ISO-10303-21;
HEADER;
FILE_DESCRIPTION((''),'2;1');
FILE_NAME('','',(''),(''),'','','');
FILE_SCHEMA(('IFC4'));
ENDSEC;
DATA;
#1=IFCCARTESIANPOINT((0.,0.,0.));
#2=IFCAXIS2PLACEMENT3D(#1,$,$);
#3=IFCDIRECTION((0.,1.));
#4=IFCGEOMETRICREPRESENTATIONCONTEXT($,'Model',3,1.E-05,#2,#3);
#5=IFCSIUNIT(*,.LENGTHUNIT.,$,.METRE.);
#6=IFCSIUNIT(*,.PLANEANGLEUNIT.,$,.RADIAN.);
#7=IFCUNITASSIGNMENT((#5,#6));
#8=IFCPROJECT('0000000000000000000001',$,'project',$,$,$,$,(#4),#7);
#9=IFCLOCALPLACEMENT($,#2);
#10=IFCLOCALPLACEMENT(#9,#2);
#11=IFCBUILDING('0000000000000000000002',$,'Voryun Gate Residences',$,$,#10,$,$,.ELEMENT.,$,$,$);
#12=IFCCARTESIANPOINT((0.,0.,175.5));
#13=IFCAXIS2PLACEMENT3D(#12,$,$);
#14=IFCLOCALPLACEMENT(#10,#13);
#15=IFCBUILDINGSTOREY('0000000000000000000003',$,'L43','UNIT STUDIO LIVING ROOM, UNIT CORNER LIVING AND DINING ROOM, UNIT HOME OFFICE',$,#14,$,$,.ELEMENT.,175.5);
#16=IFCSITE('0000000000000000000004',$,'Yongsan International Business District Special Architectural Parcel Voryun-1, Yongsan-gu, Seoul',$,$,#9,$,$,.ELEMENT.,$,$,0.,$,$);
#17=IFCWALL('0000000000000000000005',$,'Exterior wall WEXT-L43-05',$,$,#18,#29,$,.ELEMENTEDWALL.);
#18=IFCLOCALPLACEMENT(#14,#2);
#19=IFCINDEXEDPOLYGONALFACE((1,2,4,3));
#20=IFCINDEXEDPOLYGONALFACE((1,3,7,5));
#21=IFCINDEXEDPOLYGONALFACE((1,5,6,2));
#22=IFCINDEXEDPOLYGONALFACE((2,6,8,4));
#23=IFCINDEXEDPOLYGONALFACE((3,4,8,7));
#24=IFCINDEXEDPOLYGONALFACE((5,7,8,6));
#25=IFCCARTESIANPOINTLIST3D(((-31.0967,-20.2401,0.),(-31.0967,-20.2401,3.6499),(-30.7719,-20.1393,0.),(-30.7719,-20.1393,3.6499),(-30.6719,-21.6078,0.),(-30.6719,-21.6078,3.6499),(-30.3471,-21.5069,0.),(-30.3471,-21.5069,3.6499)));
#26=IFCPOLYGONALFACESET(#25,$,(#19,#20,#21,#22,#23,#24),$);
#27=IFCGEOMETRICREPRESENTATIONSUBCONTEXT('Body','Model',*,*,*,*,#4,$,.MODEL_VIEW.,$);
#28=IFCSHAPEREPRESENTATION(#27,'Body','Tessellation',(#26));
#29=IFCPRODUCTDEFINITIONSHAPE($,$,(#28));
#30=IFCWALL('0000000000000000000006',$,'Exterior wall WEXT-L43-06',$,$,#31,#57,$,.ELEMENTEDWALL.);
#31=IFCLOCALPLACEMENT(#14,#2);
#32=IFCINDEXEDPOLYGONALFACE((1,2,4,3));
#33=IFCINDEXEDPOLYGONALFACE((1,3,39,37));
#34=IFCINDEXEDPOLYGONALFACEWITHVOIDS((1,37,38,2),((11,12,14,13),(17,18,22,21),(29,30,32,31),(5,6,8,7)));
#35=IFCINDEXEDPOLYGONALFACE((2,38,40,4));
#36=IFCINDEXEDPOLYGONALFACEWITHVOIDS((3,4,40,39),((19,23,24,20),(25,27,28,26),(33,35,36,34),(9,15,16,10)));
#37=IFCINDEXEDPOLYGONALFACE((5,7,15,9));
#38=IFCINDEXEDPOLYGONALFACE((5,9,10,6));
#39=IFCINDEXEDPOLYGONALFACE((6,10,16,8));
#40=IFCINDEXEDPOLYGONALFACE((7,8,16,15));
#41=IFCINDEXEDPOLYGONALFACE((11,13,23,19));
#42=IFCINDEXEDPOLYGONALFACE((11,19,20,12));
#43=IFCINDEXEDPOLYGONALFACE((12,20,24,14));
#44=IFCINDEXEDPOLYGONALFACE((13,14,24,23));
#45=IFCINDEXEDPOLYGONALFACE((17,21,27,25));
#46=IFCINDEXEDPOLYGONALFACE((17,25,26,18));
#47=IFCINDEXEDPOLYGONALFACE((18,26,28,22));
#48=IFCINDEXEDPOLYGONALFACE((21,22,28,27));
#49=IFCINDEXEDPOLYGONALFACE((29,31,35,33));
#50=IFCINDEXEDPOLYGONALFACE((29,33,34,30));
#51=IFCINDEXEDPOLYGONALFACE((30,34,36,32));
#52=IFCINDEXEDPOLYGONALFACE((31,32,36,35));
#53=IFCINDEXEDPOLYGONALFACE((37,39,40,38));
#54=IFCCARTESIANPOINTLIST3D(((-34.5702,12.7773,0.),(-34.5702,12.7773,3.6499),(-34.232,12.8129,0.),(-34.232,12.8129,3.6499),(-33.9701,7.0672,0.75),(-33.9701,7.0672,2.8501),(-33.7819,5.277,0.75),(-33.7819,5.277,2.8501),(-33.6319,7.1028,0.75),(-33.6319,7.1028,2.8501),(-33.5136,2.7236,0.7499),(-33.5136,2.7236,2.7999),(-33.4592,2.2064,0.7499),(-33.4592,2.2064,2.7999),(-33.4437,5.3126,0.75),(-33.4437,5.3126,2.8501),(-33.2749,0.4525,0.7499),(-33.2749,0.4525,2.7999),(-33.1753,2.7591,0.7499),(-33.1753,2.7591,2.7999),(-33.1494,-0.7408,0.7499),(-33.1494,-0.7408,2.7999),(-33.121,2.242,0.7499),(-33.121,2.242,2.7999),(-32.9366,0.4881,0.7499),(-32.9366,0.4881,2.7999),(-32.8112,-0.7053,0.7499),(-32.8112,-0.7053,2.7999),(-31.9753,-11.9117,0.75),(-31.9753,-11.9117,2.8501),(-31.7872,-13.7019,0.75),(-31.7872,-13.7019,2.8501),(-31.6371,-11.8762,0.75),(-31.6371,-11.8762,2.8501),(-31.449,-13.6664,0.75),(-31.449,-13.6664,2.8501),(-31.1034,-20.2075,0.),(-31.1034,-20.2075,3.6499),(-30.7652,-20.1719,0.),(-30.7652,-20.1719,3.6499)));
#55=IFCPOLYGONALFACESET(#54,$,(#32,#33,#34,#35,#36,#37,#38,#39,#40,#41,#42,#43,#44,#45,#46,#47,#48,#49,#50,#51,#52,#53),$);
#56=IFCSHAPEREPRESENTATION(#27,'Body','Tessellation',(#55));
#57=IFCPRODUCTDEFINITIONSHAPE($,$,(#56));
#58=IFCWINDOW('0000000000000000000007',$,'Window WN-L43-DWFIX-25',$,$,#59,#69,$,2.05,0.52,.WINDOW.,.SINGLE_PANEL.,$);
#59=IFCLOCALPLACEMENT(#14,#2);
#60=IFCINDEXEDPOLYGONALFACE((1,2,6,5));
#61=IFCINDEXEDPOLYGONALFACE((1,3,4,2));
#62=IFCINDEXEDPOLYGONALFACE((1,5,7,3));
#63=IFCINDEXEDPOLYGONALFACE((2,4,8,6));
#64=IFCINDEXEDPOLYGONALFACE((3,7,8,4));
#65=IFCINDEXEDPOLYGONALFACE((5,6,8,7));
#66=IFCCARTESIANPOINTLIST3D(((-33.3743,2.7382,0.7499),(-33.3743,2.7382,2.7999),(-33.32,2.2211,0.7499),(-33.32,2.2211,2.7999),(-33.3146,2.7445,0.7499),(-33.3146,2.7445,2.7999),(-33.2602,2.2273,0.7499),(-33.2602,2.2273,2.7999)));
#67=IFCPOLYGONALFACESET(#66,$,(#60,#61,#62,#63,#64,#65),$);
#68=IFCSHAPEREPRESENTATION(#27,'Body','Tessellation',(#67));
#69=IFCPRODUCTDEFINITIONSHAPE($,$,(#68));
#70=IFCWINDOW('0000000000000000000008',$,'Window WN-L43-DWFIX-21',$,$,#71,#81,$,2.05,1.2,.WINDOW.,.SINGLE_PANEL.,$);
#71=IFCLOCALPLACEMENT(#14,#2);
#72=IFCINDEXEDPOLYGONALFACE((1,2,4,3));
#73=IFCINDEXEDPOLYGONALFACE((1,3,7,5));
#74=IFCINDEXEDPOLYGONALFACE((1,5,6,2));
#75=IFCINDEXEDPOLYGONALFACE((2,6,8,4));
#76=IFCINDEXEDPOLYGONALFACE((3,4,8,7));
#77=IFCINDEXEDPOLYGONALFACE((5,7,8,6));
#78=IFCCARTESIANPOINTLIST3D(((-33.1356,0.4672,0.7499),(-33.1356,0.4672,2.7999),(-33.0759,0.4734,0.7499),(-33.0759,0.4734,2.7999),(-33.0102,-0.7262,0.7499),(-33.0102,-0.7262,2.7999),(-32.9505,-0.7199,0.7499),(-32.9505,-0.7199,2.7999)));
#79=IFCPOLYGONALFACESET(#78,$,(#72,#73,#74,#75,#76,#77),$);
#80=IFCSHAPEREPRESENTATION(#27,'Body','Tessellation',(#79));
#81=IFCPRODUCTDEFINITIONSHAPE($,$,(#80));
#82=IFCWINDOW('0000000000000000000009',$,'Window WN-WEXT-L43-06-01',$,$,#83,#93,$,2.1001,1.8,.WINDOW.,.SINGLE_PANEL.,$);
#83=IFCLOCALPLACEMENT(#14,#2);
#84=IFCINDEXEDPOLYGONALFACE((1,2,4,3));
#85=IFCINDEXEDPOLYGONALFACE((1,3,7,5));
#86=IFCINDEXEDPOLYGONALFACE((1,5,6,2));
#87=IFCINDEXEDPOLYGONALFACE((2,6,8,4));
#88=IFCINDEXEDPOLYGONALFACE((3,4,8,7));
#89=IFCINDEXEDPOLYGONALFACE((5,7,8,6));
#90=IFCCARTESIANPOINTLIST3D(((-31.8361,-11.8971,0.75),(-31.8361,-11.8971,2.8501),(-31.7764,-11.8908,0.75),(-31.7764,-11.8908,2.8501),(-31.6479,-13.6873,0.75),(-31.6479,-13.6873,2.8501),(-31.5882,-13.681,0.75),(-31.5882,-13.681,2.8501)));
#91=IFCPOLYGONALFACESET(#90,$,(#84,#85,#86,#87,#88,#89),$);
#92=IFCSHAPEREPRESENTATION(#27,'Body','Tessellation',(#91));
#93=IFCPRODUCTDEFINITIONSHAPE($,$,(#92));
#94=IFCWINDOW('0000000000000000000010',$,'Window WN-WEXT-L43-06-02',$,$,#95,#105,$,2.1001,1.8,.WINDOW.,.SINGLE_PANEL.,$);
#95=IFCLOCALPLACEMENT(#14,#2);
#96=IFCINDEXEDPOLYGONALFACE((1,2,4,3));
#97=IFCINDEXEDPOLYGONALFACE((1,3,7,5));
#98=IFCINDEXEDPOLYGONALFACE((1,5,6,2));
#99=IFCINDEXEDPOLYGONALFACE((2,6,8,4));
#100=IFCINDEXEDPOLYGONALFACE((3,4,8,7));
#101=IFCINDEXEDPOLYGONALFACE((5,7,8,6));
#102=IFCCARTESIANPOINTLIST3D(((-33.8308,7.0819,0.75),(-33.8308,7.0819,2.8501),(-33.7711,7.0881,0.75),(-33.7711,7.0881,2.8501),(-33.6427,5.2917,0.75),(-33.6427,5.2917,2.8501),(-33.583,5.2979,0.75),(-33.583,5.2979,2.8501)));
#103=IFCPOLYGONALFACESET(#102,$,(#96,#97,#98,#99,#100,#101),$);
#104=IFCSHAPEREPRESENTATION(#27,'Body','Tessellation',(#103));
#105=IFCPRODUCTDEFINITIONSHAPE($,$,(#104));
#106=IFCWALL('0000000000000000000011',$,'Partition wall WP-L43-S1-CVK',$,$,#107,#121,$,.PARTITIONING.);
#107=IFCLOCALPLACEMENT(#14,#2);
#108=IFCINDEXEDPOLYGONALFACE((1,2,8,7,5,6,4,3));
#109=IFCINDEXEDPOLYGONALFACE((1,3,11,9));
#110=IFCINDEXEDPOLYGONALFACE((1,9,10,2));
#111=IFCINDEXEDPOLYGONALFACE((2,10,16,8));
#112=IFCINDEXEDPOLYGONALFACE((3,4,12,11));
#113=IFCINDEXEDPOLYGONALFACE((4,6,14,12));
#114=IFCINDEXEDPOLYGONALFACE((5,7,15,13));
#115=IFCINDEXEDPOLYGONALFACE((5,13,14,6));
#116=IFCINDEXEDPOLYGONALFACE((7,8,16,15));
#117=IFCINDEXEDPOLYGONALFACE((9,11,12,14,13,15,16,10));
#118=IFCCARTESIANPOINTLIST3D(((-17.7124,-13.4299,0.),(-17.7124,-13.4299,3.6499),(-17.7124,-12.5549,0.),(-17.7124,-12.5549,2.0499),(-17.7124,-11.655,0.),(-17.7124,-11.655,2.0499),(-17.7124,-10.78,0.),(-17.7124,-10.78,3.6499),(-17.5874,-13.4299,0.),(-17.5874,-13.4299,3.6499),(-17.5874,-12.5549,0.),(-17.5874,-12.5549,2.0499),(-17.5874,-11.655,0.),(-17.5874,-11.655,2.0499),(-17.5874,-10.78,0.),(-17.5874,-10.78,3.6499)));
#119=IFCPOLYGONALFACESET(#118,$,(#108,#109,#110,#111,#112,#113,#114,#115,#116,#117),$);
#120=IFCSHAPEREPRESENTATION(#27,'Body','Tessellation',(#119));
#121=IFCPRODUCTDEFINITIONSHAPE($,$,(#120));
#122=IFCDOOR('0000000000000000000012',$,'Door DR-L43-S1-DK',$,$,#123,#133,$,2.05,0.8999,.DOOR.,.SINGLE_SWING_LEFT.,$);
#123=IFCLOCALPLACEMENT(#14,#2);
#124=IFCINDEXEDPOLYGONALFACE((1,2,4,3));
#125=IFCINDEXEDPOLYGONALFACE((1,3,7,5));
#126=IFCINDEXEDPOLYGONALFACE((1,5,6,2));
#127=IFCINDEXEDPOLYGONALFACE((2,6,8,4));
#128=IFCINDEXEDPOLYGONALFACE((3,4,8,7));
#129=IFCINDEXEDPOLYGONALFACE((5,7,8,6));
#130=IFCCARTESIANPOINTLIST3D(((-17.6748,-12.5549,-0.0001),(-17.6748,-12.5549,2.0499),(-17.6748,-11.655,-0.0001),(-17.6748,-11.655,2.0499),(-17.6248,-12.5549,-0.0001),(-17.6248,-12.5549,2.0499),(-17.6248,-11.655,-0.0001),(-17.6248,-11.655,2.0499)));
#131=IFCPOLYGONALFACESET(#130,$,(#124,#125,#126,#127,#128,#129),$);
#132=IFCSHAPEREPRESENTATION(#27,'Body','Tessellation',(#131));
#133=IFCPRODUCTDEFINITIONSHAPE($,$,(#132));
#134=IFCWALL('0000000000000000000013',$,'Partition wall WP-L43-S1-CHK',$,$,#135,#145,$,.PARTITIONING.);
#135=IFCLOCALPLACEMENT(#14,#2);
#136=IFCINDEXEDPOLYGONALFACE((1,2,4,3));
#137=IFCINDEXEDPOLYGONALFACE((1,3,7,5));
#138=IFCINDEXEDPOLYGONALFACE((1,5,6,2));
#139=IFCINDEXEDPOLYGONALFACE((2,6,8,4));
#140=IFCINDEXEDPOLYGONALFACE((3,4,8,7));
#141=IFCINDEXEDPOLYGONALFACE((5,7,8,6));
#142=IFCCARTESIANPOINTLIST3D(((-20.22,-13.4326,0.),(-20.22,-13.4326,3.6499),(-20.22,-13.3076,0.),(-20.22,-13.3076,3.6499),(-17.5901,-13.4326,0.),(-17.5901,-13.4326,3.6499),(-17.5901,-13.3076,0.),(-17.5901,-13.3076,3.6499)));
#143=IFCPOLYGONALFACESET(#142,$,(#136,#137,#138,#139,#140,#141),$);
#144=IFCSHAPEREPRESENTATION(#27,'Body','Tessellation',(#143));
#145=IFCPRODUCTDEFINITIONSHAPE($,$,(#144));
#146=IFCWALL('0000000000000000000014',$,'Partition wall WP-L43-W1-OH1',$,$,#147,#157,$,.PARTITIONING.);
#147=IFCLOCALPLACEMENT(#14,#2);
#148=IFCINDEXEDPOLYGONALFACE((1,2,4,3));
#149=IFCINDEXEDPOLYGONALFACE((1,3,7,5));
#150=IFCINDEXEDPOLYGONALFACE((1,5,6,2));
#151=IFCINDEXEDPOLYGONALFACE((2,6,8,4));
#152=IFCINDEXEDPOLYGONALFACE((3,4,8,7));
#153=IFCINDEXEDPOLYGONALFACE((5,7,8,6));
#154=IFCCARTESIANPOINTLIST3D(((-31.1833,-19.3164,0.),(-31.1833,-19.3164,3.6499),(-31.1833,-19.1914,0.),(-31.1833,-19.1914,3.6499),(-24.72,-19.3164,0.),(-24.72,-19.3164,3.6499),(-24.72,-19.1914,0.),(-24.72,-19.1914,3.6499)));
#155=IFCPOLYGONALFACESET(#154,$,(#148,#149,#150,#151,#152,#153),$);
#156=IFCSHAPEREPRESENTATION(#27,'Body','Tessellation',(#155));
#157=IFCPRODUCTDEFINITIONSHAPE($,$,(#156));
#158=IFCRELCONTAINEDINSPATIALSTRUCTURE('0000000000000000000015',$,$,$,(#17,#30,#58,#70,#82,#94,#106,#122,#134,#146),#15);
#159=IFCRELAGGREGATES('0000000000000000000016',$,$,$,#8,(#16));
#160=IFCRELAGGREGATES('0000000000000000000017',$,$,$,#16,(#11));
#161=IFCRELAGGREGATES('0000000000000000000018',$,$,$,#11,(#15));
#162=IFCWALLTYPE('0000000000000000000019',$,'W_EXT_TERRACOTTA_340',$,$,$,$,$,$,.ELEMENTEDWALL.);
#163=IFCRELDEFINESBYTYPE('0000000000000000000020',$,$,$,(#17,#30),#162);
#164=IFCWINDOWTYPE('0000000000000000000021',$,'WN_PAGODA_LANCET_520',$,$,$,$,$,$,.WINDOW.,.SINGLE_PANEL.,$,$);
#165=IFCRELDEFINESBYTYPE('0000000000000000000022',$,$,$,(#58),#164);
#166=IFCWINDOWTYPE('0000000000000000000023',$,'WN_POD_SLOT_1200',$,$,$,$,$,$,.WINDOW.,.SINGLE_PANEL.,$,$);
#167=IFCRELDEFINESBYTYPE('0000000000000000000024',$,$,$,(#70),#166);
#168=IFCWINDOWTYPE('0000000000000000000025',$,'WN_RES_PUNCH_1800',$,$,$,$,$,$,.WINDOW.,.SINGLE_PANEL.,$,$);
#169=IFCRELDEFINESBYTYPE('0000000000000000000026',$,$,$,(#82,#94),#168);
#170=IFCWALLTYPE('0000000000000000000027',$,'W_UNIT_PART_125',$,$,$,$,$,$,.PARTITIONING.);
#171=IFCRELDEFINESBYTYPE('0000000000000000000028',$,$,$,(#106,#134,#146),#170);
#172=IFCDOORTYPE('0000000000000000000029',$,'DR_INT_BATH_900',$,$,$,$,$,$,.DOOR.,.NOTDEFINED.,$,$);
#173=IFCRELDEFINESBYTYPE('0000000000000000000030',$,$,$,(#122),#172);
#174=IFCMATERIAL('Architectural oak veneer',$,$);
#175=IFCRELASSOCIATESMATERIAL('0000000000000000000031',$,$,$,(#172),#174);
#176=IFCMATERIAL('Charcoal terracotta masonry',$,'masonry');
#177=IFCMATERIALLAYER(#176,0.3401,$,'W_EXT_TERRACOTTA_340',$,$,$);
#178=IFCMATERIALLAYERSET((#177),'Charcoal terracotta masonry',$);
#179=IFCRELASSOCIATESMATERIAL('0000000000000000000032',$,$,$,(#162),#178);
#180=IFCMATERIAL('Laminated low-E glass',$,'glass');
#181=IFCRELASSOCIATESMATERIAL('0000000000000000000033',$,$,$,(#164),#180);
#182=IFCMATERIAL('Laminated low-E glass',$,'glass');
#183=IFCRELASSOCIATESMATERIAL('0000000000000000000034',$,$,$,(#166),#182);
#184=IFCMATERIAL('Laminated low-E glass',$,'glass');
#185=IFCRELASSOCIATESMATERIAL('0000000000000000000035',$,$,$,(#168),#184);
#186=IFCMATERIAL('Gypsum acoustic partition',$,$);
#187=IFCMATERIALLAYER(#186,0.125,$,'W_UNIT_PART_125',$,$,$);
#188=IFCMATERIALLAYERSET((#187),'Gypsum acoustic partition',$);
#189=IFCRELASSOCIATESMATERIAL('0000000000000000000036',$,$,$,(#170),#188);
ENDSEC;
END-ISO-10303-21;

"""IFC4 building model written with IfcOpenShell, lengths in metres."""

from ifc_helpers import new_model, si_unit, direction, frame, frame_2d, origin, place, context, subcontext, project, spatial, rectangle, extrude, material, layer, layer_set, type_object, element, fill, save


model = new_model("IFC4")

# Units and contexts
model_context = context("Model", 3, precision=1e-05, world=origin(), true_north=direction((0.0, 1.0)))
body_context = subcontext(model_context, "Body", "Model", "MODEL_VIEW")
ifc_project = project(units=[si_unit("LENGTHUNIT", "METRE"), si_unit("PLANEANGLEUNIT", "RADIAN")], contexts=[model_context])

# Site, building, storey
site_placement = place(None, origin())
site = spatial("IfcSite", under=ifc_project, at=site_placement, Name="Yongsan International Business District Special Architectural Parcel Voryun-1, Yongsan-gu, Seoul", CompositionType="ELEMENT", RefElevation=0.0)
building_placement = place(site_placement, origin())
building = spatial("IfcBuilding", under=site, at=building_placement, Name="Voryun Gate Residences", CompositionType="ELEMENT")
storey_placement = place(building_placement, frame((0.0, 0.0, 175.5)))
storey = spatial("IfcBuildingStorey", under=building, at=storey_placement, Name="L43", Description="UNIT STUDIO LIVING ROOM, UNIT CORNER LIVING AND DINING ROOM, UNIT HOME OFFICE", CompositionType="ELEMENT", Elevation=175.5)

# Shared definitions
ifc_material_1 = material(Name="Architectural oak veneer")
door_type_1 = type_object("IfcDoorType", Name="DR_INT_BATH_900", OperationType="NOTDEFINED", PredefinedType="DOOR", material=ifc_material_1)

# Wall
ifc_material_2 = material(Name="Charcoal terracotta masonry", Category="masonry")
ifc_layer_1 = layer(ifc_material_2, 0.3401, Name="W_EXT_TERRACOTTA_340")
ifc_layer_set_1 = layer_set([ifc_layer_1], Name="Charcoal terracotta masonry")
wall_type_1 = type_object("IfcWallType", Name="W_EXT_TERRACOTTA_340", PredefinedType="ELEMENTEDWALL", material=ifc_layer_set_1)
wall_1_placement = place(storey_placement, frame((-30.5095, -21.5574, 0.0), z_axis=(0.0, 0.0, 1.0), x_axis=(-0.296624, 0.954994, 0.0)))
element("IfcWall", 1, at=wall_1_placement, inside=storey, type_object=wall_type_1, Name="Exterior wall WEXT-L43-05", PredefinedType="ELEMENTEDWALL", context=body_context, shape_type="SweptSolid", body=[
    extrude(rectangle(XDim=1.4321, YDim=0.3401, at=frame_2d((0.7161, 0.0))), origin(), (0.0, 0.0, 1.0), 3.6499),
])

# Wall, openings, windows
wall_2_placement = place(storey_placement, frame((-30.9343, -20.1897, 0.0), z_axis=(0.0, 0.0, 1.0), x_axis=(-0.104527, 0.994522, 0.0)))
wall_2 = element("IfcWall", 2, at=wall_2_placement, inside=storey, type_object=wall_type_1, Name="Exterior wall WEXT-L43-06", PredefinedType="ELEMENTEDWALL", context=body_context, shape_type="SweptSolid", body=[
    extrude(rectangle(XDim=33.1665, YDim=0.3401, at=frame_2d((16.5833, 0.0))), origin(), (0.0, 0.0, 1.0), 3.6499),
])
opening_1_placement = place(wall_2_placement, frame((6.5415, 0.0, 0.75)))
opening_1 = element("IfcOpeningElement", 3, at=opening_1_placement, cuts=wall_2, PredefinedType="OPENING", context=body_context, shape_type="SweptSolid", body=[
    extrude(rectangle(XDim=1.8, YDim=2.1001, at=frame_2d((0.8999, 1.05))), frame((0.0, 0.1799, 0.0), z_axis=(0.0, -1.0, 0.0), x_axis=(1.0, 0.0, 0.0)), (0.0, 0.0, 1.0), 0.3601),
])
opening_2_placement = place(wall_2_placement, frame((25.625, 0.0, 0.75)))
opening_2 = element("IfcOpeningElement", 4, at=opening_2_placement, cuts=wall_2, PredefinedType="OPENING", context=body_context, shape_type="SweptSolid", body=[
    extrude(rectangle(XDim=1.8, YDim=2.1001, at=frame_2d((0.8999, 1.05))), frame((0.0, 0.1799, 0.0), z_axis=(0.0, -1.0, 0.0), x_axis=(1.0, 0.0, 0.0)), (0.0, 0.0, 1.0), 0.3601),
])
opening_3_placement = place(wall_2_placement, frame((19.5737, 0.0, 0.75)))
opening_3 = element("IfcOpeningElement", 5, at=opening_3_placement, cuts=wall_2, PredefinedType="OPENING", context=body_context, shape_type="SweptSolid", body=[
    extrude(rectangle(XDim=1.2, YDim=2.05, at=frame_2d((0.6001, 1.0249))), frame((0.0, 0.1799, 0.0), z_axis=(0.0, -1.0, 0.0), x_axis=(1.0, 0.0, 0.0)), (0.0, 0.0, 1.0), 0.3601),
])
opening_4_placement = place(wall_2_placement, frame((22.5374, 0.0, 0.75)))
opening_4 = element("IfcOpeningElement", 6, at=opening_4_placement, cuts=wall_2, PredefinedType="OPENING", context=body_context, shape_type="SweptSolid", body=[
    extrude(rectangle(XDim=0.52, YDim=2.05, at=frame_2d((0.26, 1.0249))), frame((0.0, 0.1799, 0.0), z_axis=(0.0, -1.0, 0.0), x_axis=(1.0, 0.0, 0.0)), (0.0, 0.0, 1.0), 0.3601),
])
ifc_material_3 = material(Name="Laminated low-E glass", Category="glass")
window_type_1 = type_object("IfcWindowType", Name="WN_PAGODA_LANCET_520", PartitioningType="SINGLE_PANEL", PredefinedType="WINDOW", material=ifc_material_3)
window_1_placement = place(opening_4_placement, origin())
window_1 = element("IfcWindow", 7, at=window_1_placement, inside=storey, type_object=window_type_1, Name="Window WN-L43-DWFIX-25", OverallHeight=2.05, OverallWidth=0.52, PartitioningType="SINGLE_PANEL", PredefinedType="WINDOW", context=body_context, shape_type="SweptSolid", body=[
    extrude(rectangle(XDim=0.52, YDim=2.05, at=frame_2d((0.26, 1.0249))), frame((0.0, 0.03, 0.0), z_axis=(0.0, -1.0, 0.0), x_axis=(1.0, 0.0, 0.0)), (0.0, 0.0, 1.0), 0.0601),
])
fill(opening_4, window_1)
ifc_material_4 = material(Name="Laminated low-E glass", Category="glass")
window_type_2 = type_object("IfcWindowType", Name="WN_POD_SLOT_1200", PartitioningType="SINGLE_PANEL", PredefinedType="WINDOW", material=ifc_material_4)
window_2_placement = place(opening_3_placement, origin())
window_2 = element("IfcWindow", 8, at=window_2_placement, inside=storey, type_object=window_type_2, Name="Window WN-L43-DWFIX-21", OverallHeight=2.05, OverallWidth=1.2, PartitioningType="SINGLE_PANEL", PredefinedType="WINDOW", context=body_context, shape_type="SweptSolid", body=[
    extrude(rectangle(XDim=1.2, YDim=2.05, at=frame_2d((0.6001, 1.0249))), frame((0.0, 0.03, 0.0), z_axis=(0.0, -1.0, 0.0), x_axis=(1.0, 0.0, 0.0)), (0.0, 0.0, 1.0), 0.0601),
])
fill(opening_3, window_2)
ifc_material_5 = material(Name="Laminated low-E glass", Category="glass")
window_type_3 = type_object("IfcWindowType", Name="WN_RES_PUNCH_1800", PartitioningType="SINGLE_PANEL", PredefinedType="WINDOW", material=ifc_material_5)
window_3_placement = place(opening_1_placement, origin())
window_3 = element("IfcWindow", 9, at=window_3_placement, inside=storey, type_object=window_type_3, Name="Window WN-WEXT-L43-06-01", OverallHeight=2.1001, OverallWidth=1.8, PartitioningType="SINGLE_PANEL", PredefinedType="WINDOW", context=body_context, shape_type="SweptSolid", body=[
    extrude(rectangle(XDim=1.8, YDim=2.1001, at=frame_2d((0.8999, 1.05))), frame((0.0, 0.03, 0.0), z_axis=(0.0, -1.0, 0.0), x_axis=(1.0, 0.0, 0.0)), (0.0, 0.0, 1.0), 0.0601),
])
fill(opening_1, window_3)
window_4_placement = place(opening_2_placement, origin())
window_4 = element("IfcWindow", 10, at=window_4_placement, inside=storey, type_object=window_type_3, Name="Window WN-WEXT-L43-06-02", OverallHeight=2.1001, OverallWidth=1.8, PartitioningType="SINGLE_PANEL", PredefinedType="WINDOW", context=body_context, shape_type="SweptSolid", body=[
    extrude(rectangle(XDim=1.8, YDim=2.1001, at=frame_2d((0.8999, 1.05))), frame((0.0, 0.03, 0.0), z_axis=(0.0, -1.0, 0.0), x_axis=(1.0, 0.0, 0.0)), (0.0, 0.0, 1.0), 0.0601),
])
fill(opening_2, window_4)

# Wall, opening, door
ifc_material_6 = material(Name="Gypsum acoustic partition")
ifc_layer_2 = layer(ifc_material_6, 0.125, Name="W_UNIT_PART_125")
ifc_layer_set_2 = layer_set([ifc_layer_2], Name="Gypsum acoustic partition")
wall_type_2 = type_object("IfcWallType", Name="W_UNIT_PART_125", PredefinedType="PARTITIONING", material=ifc_layer_set_2)
wall_3_placement = place(storey_placement, frame((-17.6499, -13.4299, 0.0), z_axis=(0.0, 0.0, 1.0), x_axis=(0.0, 1.0, 0.0)))
wall_3 = element("IfcWall", 11, at=wall_3_placement, inside=storey, type_object=wall_type_2, Name="Partition wall WP-L43-S1-CVK", PredefinedType="PARTITIONING", context=body_context, shape_type="SweptSolid", body=[
    extrude(rectangle(XDim=2.6499, YDim=0.125, at=frame_2d((1.325, 0.0))), origin(), (0.0, 0.0, 1.0), 3.6499),
])
opening_5_placement = place(wall_3_placement, frame((0.875, 0.0, 0.0)))
opening_5 = element("IfcOpeningElement", 12, at=opening_5_placement, cuts=wall_3, PredefinedType="OPENING", context=body_context, shape_type="SweptSolid", body=[
    extrude(rectangle(XDim=0.8999, YDim=2.05, at=frame_2d((0.45, 1.0249))), frame((0.0, 0.0725, 0.0), z_axis=(0.0, -1.0, 0.0), x_axis=(1.0, 0.0, 0.0)), (0.0, 0.0, 1.0), 0.145),
])
door_1_placement = place(opening_5_placement, origin())
door_1 = element("IfcDoor", 13, at=door_1_placement, inside=storey, type_object=door_type_1, Name="Door DR-L43-S1-DK", OperationType="SINGLE_SWING_LEFT", OverallHeight=2.05, OverallWidth=0.8999, PredefinedType="DOOR", context=body_context, shape_type="SweptSolid", body=[
    extrude(rectangle(XDim=0.8999, YDim=2.05, at=frame_2d((0.45, 1.0249))), frame((0.0, 0.0249, 0.0), z_axis=(0.0, -1.0, 0.0), x_axis=(1.0, 0.0, 0.0)), (0.0, 0.0, 1.0), 0.05),
])
fill(opening_5, door_1)

# Walls
wall_4_placement = place(storey_placement, frame((-20.22, -13.3701, 0.0), z_axis=(0.0, 0.0, 1.0), x_axis=(1.0, 0.0, 0.0)))
element("IfcWall", 14, at=wall_4_placement, inside=storey, type_object=wall_type_2, Name="Partition wall WP-L43-S1-CHK", PredefinedType="PARTITIONING", context=body_context, shape_type="SweptSolid", body=[
    extrude(rectangle(XDim=2.6299, YDim=0.125, at=frame_2d((1.3149, 0.0))), origin(), (0.0, 0.0, 1.0), 3.6499),
])
wall_5_placement = place(storey_placement, frame((-31.1833, -19.2539, 0.0), z_axis=(0.0, 0.0, 1.0), x_axis=(1.0, 0.0, 0.0)))
element("IfcWall", 15, at=wall_5_placement, inside=storey, type_object=wall_type_2, Name="Partition wall WP-L43-W1-OH1", PredefinedType="PARTITIONING", context=body_context, shape_type="SweptSolid", body=[
    extrude(rectangle(XDim=6.4634, YDim=0.125, at=frame_2d((3.2317, 0.0))), origin(), (0.0, 0.0, 1.0), 3.6499),
])

save(model, "model.ifc")
